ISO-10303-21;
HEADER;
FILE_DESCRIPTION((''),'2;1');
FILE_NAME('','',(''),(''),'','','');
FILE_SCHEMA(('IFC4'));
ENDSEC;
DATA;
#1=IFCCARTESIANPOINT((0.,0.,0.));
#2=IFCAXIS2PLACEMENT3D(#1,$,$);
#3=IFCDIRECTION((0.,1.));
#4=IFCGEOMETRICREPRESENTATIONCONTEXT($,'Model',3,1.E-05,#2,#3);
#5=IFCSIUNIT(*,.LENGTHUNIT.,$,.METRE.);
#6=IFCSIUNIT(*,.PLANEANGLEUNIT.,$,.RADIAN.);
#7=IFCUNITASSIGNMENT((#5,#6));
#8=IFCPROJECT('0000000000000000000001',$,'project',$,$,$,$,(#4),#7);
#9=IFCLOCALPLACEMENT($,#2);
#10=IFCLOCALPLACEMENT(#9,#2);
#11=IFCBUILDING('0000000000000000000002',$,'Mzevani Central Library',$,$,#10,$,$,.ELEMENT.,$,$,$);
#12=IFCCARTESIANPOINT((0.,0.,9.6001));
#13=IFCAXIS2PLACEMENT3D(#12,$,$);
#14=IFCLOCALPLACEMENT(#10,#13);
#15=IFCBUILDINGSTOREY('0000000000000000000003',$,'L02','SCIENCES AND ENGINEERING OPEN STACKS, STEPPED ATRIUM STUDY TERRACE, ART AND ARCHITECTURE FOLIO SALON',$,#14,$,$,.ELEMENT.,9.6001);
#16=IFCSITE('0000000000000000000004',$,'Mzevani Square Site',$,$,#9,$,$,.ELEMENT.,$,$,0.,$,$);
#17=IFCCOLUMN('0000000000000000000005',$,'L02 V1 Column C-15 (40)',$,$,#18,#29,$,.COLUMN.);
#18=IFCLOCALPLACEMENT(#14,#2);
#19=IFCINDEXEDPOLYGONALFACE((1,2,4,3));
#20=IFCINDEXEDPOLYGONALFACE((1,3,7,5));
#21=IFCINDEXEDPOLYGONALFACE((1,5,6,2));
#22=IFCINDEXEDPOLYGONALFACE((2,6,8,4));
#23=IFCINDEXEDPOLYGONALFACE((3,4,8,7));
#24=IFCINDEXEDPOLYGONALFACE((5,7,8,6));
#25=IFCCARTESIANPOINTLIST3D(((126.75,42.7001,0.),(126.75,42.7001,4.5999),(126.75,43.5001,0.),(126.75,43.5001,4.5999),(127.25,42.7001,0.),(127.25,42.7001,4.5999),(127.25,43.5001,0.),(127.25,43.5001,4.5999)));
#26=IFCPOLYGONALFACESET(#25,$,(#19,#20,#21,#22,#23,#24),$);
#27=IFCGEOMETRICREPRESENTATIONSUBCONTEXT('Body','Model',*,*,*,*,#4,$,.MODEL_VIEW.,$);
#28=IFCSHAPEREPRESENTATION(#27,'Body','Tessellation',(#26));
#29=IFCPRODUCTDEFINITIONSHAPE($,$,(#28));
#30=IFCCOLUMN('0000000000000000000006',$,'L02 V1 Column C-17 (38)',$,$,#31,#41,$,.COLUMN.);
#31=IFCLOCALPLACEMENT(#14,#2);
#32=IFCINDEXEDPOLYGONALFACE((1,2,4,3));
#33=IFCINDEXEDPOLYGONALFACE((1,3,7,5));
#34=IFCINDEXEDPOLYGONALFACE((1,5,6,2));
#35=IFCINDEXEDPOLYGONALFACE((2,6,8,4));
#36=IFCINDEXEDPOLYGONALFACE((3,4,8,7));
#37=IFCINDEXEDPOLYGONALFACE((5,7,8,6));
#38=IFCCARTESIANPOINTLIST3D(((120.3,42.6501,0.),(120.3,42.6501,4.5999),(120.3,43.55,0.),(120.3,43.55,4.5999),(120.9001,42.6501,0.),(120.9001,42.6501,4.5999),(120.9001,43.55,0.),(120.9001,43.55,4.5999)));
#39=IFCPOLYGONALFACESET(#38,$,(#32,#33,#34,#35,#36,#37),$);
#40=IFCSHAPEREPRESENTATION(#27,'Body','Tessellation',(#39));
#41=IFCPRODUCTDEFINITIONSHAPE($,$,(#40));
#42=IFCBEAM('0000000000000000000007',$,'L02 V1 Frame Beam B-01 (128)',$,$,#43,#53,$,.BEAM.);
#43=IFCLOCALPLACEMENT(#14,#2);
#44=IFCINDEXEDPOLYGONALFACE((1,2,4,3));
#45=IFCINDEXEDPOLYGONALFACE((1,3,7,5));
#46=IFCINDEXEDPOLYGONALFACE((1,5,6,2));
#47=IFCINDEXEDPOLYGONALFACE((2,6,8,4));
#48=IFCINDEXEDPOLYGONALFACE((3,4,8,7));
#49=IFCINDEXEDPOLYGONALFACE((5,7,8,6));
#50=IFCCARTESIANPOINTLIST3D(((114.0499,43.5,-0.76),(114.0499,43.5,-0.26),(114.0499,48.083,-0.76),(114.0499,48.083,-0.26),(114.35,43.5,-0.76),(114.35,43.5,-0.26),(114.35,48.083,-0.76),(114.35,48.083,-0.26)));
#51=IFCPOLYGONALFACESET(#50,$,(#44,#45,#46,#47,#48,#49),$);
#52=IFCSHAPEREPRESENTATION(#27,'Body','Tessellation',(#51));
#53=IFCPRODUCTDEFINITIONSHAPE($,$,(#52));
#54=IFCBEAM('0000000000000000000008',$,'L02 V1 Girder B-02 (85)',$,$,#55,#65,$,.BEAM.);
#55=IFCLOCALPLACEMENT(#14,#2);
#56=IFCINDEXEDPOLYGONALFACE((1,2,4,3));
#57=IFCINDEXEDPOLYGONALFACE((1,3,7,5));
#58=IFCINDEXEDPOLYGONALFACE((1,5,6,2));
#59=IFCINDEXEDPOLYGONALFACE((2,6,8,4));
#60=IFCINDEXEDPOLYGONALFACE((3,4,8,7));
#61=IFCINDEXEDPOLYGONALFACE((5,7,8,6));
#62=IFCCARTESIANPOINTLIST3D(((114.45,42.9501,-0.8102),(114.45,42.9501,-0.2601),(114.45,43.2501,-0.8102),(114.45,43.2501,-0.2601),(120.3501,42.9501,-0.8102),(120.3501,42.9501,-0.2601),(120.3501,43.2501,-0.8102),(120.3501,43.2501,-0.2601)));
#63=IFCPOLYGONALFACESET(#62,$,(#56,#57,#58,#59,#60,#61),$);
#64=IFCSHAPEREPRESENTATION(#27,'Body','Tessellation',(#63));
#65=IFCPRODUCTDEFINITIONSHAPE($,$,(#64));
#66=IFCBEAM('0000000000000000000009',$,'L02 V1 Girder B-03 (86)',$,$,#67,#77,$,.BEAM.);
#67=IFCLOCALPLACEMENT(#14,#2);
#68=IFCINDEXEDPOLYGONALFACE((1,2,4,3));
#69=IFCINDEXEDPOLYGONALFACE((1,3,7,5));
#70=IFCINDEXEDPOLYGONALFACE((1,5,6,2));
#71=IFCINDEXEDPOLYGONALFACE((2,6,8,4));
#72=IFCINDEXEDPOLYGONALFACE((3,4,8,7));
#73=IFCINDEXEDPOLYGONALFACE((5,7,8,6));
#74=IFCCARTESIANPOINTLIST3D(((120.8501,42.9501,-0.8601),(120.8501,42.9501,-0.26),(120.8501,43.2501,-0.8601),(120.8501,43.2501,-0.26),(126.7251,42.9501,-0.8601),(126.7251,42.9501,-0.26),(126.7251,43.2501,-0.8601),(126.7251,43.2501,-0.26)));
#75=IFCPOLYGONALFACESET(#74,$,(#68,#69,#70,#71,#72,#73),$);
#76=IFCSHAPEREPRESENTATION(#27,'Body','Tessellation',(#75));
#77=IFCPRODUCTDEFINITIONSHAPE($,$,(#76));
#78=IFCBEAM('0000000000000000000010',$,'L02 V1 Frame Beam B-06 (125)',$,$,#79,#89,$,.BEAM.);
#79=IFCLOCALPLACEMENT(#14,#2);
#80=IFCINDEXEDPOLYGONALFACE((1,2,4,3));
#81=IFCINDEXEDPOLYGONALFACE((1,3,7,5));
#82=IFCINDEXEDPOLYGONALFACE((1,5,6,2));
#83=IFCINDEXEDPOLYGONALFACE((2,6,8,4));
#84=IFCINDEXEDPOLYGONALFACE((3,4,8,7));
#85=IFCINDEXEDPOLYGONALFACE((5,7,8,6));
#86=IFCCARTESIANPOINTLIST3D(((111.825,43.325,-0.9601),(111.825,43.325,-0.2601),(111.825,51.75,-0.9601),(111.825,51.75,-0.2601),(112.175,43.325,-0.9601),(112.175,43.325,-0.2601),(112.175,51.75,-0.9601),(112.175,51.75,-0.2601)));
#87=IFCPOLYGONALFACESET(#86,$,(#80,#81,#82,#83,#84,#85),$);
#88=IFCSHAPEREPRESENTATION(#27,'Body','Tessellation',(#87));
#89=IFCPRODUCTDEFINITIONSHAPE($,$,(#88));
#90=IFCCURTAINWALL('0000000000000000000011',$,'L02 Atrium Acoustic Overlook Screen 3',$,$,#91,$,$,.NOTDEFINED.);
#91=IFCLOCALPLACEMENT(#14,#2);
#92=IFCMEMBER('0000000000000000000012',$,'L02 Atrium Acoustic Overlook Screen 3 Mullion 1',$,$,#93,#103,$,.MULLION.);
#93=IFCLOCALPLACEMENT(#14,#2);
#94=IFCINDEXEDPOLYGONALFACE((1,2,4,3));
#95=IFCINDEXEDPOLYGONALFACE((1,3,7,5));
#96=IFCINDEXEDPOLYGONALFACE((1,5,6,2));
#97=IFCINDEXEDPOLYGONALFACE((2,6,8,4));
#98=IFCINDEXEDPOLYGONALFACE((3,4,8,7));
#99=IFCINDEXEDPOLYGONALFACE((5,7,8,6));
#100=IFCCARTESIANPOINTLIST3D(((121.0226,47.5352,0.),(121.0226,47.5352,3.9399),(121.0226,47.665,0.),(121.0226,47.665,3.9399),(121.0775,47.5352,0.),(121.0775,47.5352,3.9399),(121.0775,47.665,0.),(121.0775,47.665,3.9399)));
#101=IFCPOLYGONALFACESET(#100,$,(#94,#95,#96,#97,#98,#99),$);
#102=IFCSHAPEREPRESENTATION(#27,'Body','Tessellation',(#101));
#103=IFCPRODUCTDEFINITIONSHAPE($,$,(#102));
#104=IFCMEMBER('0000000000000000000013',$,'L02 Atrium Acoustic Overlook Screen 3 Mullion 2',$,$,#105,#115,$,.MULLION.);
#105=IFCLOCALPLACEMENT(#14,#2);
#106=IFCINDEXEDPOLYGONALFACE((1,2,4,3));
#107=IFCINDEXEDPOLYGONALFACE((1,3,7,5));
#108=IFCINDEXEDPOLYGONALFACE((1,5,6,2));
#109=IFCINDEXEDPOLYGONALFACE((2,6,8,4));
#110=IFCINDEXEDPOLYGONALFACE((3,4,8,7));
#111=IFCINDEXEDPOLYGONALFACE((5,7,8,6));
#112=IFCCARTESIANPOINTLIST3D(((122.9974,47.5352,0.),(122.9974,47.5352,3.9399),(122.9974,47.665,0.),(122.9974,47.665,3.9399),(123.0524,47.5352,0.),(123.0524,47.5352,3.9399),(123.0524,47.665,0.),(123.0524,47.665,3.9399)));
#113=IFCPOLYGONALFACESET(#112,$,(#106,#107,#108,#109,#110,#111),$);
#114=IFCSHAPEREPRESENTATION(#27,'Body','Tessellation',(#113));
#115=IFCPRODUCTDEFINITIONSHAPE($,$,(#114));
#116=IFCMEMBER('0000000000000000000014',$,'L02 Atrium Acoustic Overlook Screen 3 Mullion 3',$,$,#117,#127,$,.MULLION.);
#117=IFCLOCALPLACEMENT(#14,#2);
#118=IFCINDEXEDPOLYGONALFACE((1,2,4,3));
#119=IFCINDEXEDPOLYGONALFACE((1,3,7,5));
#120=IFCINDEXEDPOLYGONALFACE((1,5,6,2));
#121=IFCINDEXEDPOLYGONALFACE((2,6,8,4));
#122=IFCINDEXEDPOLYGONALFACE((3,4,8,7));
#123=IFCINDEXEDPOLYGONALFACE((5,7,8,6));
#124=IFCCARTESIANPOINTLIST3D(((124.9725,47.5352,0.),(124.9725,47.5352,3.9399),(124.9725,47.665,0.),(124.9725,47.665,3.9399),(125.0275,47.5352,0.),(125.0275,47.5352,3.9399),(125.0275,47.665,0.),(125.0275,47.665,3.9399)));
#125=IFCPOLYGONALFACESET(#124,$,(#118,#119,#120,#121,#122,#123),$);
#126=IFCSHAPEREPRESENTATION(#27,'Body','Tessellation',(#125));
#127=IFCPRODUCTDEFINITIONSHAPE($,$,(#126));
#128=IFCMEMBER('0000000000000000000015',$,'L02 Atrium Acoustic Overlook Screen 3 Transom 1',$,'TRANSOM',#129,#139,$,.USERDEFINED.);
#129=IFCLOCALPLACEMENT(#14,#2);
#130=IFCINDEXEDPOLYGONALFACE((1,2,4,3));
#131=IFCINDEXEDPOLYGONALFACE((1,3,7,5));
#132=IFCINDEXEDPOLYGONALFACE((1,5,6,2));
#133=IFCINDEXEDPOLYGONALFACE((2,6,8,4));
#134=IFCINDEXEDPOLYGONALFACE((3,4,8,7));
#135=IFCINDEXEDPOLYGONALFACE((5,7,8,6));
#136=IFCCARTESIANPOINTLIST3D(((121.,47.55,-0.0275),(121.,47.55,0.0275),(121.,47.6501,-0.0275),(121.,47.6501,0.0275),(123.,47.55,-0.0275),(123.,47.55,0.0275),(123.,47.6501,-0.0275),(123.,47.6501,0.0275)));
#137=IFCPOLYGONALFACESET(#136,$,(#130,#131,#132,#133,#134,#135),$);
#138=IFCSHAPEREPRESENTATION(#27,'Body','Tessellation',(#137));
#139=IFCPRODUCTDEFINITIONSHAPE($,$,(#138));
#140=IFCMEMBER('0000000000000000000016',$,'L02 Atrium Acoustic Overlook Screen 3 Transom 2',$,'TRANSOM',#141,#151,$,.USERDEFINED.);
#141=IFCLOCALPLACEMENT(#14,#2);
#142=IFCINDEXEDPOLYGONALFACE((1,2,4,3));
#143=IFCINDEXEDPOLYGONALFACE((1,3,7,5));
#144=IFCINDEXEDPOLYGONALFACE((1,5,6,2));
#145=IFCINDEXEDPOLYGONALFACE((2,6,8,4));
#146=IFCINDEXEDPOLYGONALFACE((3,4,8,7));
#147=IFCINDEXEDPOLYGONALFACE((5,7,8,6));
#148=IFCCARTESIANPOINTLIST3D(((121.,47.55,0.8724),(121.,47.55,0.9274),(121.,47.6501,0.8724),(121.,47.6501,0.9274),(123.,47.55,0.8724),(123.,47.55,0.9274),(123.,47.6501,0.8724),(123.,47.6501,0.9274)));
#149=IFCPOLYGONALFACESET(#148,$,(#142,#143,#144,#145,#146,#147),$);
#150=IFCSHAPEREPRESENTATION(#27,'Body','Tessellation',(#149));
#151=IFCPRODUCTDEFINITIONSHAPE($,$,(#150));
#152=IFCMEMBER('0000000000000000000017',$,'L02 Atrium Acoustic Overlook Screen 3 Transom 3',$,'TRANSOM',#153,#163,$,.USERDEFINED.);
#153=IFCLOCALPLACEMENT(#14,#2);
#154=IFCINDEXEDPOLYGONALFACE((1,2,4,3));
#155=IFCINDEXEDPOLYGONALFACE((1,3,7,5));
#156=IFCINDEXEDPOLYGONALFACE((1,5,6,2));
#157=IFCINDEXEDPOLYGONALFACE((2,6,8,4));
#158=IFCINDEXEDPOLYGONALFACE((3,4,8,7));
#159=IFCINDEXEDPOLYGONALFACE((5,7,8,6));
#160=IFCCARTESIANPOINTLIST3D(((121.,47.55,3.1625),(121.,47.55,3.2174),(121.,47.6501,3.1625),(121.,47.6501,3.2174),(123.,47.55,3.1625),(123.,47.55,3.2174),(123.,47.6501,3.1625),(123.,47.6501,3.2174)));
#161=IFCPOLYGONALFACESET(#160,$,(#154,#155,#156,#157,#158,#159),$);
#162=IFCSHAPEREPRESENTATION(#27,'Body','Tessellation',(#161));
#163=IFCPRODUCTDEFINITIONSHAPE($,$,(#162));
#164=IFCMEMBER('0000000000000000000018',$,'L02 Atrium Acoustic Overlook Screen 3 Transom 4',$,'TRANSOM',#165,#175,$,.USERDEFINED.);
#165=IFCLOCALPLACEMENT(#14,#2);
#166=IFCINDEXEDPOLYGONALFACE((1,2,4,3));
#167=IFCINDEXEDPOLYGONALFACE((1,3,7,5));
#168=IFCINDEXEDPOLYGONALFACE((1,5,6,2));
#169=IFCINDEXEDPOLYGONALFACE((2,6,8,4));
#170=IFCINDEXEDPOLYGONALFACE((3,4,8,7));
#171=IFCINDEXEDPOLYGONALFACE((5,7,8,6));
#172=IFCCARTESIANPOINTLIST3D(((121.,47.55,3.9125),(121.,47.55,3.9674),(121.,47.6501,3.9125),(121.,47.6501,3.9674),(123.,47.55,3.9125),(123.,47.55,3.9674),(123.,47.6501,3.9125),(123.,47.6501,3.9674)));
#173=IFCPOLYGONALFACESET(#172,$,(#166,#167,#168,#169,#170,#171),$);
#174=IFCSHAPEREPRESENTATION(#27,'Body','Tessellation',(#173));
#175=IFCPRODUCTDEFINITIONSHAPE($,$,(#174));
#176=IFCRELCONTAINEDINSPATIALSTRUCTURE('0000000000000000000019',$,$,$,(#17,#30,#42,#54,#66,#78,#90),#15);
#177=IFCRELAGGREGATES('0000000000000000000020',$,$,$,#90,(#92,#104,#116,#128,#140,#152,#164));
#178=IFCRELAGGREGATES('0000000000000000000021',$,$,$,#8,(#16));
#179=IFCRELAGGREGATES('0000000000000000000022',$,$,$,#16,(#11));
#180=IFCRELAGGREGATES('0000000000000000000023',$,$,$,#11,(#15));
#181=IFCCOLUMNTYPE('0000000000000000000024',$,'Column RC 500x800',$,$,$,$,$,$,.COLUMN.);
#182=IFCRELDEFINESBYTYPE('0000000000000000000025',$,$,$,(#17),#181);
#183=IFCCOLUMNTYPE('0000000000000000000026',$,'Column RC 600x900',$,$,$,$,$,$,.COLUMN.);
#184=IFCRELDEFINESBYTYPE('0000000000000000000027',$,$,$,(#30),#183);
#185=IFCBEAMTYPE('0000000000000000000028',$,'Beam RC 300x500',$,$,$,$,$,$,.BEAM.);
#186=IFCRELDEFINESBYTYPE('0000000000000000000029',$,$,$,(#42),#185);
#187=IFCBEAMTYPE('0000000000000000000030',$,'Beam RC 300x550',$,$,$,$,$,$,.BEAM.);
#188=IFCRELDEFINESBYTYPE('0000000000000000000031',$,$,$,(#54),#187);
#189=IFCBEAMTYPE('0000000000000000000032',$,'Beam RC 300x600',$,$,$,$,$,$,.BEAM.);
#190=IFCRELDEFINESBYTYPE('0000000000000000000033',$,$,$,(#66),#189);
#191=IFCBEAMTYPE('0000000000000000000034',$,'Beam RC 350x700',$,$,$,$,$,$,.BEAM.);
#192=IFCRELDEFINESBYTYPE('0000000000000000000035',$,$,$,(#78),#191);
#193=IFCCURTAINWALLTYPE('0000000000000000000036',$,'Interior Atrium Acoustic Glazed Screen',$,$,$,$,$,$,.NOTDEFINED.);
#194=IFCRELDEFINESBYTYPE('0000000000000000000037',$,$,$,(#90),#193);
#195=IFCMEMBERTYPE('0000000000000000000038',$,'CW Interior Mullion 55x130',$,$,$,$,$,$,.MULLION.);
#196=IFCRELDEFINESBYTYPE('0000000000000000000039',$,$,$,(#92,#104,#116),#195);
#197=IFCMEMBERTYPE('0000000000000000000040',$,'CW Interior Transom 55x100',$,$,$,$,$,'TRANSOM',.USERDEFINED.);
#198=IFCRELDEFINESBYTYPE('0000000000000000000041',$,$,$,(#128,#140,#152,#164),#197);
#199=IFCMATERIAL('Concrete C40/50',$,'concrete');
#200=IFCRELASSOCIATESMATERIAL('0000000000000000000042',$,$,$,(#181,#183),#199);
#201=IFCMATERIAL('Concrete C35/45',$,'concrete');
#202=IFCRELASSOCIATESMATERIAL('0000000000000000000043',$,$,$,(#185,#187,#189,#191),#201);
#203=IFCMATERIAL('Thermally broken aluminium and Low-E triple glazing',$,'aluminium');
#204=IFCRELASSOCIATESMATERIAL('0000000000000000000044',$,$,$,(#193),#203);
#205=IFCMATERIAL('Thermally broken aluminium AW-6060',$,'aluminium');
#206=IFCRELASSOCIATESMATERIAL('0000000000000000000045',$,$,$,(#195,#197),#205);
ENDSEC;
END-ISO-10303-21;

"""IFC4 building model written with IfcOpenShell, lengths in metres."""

from ifc_helpers import new_model, si_unit, direction, frame, origin, origin_2d, place, context, subcontext, project, spatial, rectangle, extrude, material, material_profile, profile_set, type_object, element, aggregate, save


model = new_model("IFC4")

# Units and contexts
model_context = context("Model", 3, precision=1e-05, world=origin(), true_north=direction((0.0, 1.0)))
body_context = subcontext(model_context, "Body", "Model", "MODEL_VIEW")
ifc_project = project(units=[si_unit("LENGTHUNIT", "METRE"), si_unit("PLANEANGLEUNIT", "RADIAN")], contexts=[model_context])

# Site, building, storey
site_placement = place(None, origin())
site = spatial("IfcSite", under=ifc_project, at=site_placement, Name="Mzevani Square Site", CompositionType="ELEMENT", RefElevation=0.0)
building_placement = place(site_placement, origin())
building = spatial("IfcBuilding", under=site, at=building_placement, Name="Mzevani Central Library", CompositionType="ELEMENT")
storey_placement = place(building_placement, frame((0.0, 0.0, 9.6001)))
storey = spatial("IfcBuildingStorey", under=building, at=storey_placement, Name="L02", Description="SCIENCES AND ENGINEERING OPEN STACKS, STEPPED ATRIUM STUDY TERRACE, ART AND ARCHITECTURE FOLIO SALON", CompositionType="ELEMENT", Elevation=9.6001)

# Columns
ifc_material_1 = material(Name="Concrete C40/50", Category="concrete")
ifc_material_profile_1 = material_profile(ifc_material_1, rectangle(XDim=0.5, YDim=0.8, at=origin_2d()), Name="RC 500x800")
ifc_profile_set_1 = profile_set([ifc_material_profile_1], Name="Concrete C40/50")
column_type_1 = type_object("IfcColumnType", Name="Column RC 500x800", PredefinedType="COLUMN", material=ifc_profile_set_1)
column_1_placement = place(storey_placement, frame((127.0, 43.1001, 0.0), z_axis=(0.0, 0.0, 1.0), x_axis=(1.0, 0.0, 0.0)))
element("IfcColumn", 1, at=column_1_placement, inside=storey, type_object=column_type_1, Name="L02 V1 Column C-15 (40)", PredefinedType="COLUMN", context=body_context, shape_type="SweptSolid", body=[
    extrude(rectangle(XDim=0.5, YDim=0.8, at=origin_2d()), origin(), (0.0, 0.0, 1.0), 4.5999),
])
ifc_material_profile_2 = material_profile(ifc_material_1, rectangle(XDim=0.6001, YDim=0.8999, at=origin_2d()), Name="RC 600x900")
ifc_profile_set_2 = profile_set([ifc_material_profile_2], Name="Concrete C40/50")
column_type_2 = type_object("IfcColumnType", Name="Column RC 600x900", PredefinedType="COLUMN", material=ifc_profile_set_2)
column_2_placement = place(storey_placement, frame((120.6001, 43.1001, 0.0), z_axis=(0.0, 0.0, 1.0), x_axis=(1.0, 0.0, 0.0)))
element("IfcColumn", 2, at=column_2_placement, inside=storey, type_object=column_type_2, Name="L02 V1 Column C-17 (38)", PredefinedType="COLUMN", context=body_context, shape_type="SweptSolid", body=[
    extrude(rectangle(XDim=0.6001, YDim=0.8999, at=origin_2d()), origin(), (0.0, 0.0, 1.0), 4.5999),
])

# Beams
ifc_material_2 = material(Name="Concrete C35/45", Category="concrete")
ifc_material_profile_3 = material_profile(ifc_material_2, rectangle(XDim=0.3, YDim=0.5, at=origin_2d()), Name="RC B300x500")
ifc_profile_set_3 = profile_set([ifc_material_profile_3], Name="Concrete C35/45")
beam_type_1 = type_object("IfcBeamType", Name="Beam RC 300x500", PredefinedType="BEAM", material=ifc_profile_set_3)
beam_1_placement = place(storey_placement, frame((114.2, 43.5, -0.51), z_axis=(0.0, 1.0, 0.0), x_axis=(-1.0, 0.0, 0.0)))
element("IfcBeam", 3, at=beam_1_placement, inside=storey, type_object=beam_type_1, Name="L02 V1 Frame Beam B-01 (128)", PredefinedType="BEAM", context=body_context, shape_type="SweptSolid", body=[
    extrude(rectangle(XDim=0.3, YDim=0.5, at=origin_2d()), origin(), (0.0, 0.0, 1.0), 4.583),
])
ifc_material_profile_4 = material_profile(ifc_material_2, rectangle(XDim=0.3, YDim=0.55, at=origin_2d()), Name="RC B300x550")
ifc_profile_set_4 = profile_set([ifc_material_profile_4], Name="Concrete C35/45")
beam_type_2 = type_object("IfcBeamType", Name="Beam RC 300x550", PredefinedType="BEAM", material=ifc_profile_set_4)
beam_2_placement = place(storey_placement, frame((114.45, 43.1001, -0.5352), z_axis=(1.0, 0.0, 0.0), x_axis=(0.0, 1.0, 0.0)))
element("IfcBeam", 4, at=beam_2_placement, inside=storey, type_object=beam_type_2, Name="L02 V1 Girder B-02 (85)", PredefinedType="BEAM", context=body_context, shape_type="SweptSolid", body=[
    extrude(rectangle(XDim=0.3, YDim=0.55, at=origin_2d()), origin(), (0.0, 0.0, 1.0), 5.9001),
])
ifc_material_profile_5 = material_profile(ifc_material_2, rectangle(XDim=0.3, YDim=0.6001, at=origin_2d()), Name="RC B300x600")
ifc_profile_set_5 = profile_set([ifc_material_profile_5], Name="Concrete C35/45")
beam_type_3 = type_object("IfcBeamType", Name="Beam RC 300x600", PredefinedType="BEAM", material=ifc_profile_set_5)
beam_3_placement = place(storey_placement, frame((120.8501, 43.1001, -0.5601), z_axis=(1.0, 0.0, 0.0), x_axis=(0.0, 1.0, 0.0)))
element("IfcBeam", 5, at=beam_3_placement, inside=storey, type_object=beam_type_3, Name="L02 V1 Girder B-03 (86)", PredefinedType="BEAM", context=body_context, shape_type="SweptSolid", body=[
    extrude(rectangle(XDim=0.3, YDim=0.6001, at=origin_2d()), origin(), (0.0, 0.0, 1.0), 5.875),
])
ifc_material_profile_6 = material_profile(ifc_material_2, rectangle(XDim=0.3501, YDim=0.7, at=origin_2d()), Name="RC B350x700")
ifc_profile_set_6 = profile_set([ifc_material_profile_6], Name="Concrete C35/45")
beam_type_4 = type_object("IfcBeamType", Name="Beam RC 350x700", PredefinedType="BEAM", material=ifc_profile_set_6)
beam_4_placement = place(storey_placement, frame((112.0, 43.325, -0.6101), z_axis=(0.0, 1.0, 0.0), x_axis=(-1.0, 0.0, 0.0)))
element("IfcBeam", 6, at=beam_4_placement, inside=storey, type_object=beam_type_4, Name="L02 V1 Frame Beam B-06 (125)", PredefinedType="BEAM", context=body_context, shape_type="SweptSolid", body=[
    extrude(rectangle(XDim=0.3501, YDim=0.7, at=origin_2d()), origin(), (0.0, 0.0, 1.0), 8.425),
])

# Curtain wall, members
ifc_material_3 = material(Name="Thermally broken aluminium and Low-E triple glazing", Category="aluminium")
curtain_wall_type = type_object("IfcCurtainWallType", Name="Interior Atrium Acoustic Glazed Screen", PredefinedType="NOTDEFINED", material=ifc_material_3)
curtain_wall_placement = place(storey_placement, origin())
curtain_wall = element("IfcCurtainWall", 7, at=curtain_wall_placement, inside=storey, type_object=curtain_wall_type, Name="L02 Atrium Acoustic Overlook Screen 3", PredefinedType="NOTDEFINED")
ifc_material_4 = material(Name="Thermally broken aluminium AW-6060", Category="aluminium")
ifc_material_profile_7 = material_profile(ifc_material_4, rectangle(XDim=0.0549, YDim=0.1299, at=origin_2d()), Name="ALU M55x130")
ifc_profile_set_7 = profile_set([ifc_material_profile_7], Name="Thermally broken aluminium AW-6060")
member_type_1 = type_object("IfcMemberType", Name="CW Interior Mullion 55x130", PredefinedType="MULLION", material=ifc_profile_set_7)
member_1_placement = place(storey_placement, frame((121.05, 47.6001, 0.0), z_axis=(0.0, 0.0, 1.0), x_axis=(1.0, 0.0, 0.0)))
member_1 = element("IfcMember", 8, at=member_1_placement, type_object=member_type_1, Name="L02 Atrium Acoustic Overlook Screen 3 Mullion 1", PredefinedType="MULLION", context=body_context, shape_type="SweptSolid", body=[
    extrude(rectangle(XDim=0.0549, YDim=0.1299, at=origin_2d()), origin(), (0.0, 0.0, 1.0), 3.9399),
])
member_2_placement = place(storey_placement, frame((123.0249, 47.6001, 0.0), z_axis=(0.0, 0.0, 1.0), x_axis=(1.0, 0.0, 0.0)))
member_2 = element("IfcMember", 9, at=member_2_placement, type_object=member_type_1, Name="L02 Atrium Acoustic Overlook Screen 3 Mullion 2", PredefinedType="MULLION", context=body_context, shape_type="SweptSolid", body=[
    extrude(rectangle(XDim=0.0549, YDim=0.1299, at=origin_2d()), origin(), (0.0, 0.0, 1.0), 3.9399),
])
member_3_placement = place(storey_placement, frame((125.0, 47.6001, 0.0), z_axis=(0.0, 0.0, 1.0), x_axis=(1.0, 0.0, 0.0)))
member_3 = element("IfcMember", 10, at=member_3_placement, type_object=member_type_1, Name="L02 Atrium Acoustic Overlook Screen 3 Mullion 3", PredefinedType="MULLION", context=body_context, shape_type="SweptSolid", body=[
    extrude(rectangle(XDim=0.0549, YDim=0.1299, at=origin_2d()), origin(), (0.0, 0.0, 1.0), 3.9399),
])
ifc_material_profile_8 = material_profile(ifc_material_4, rectangle(XDim=0.1001, YDim=0.0549, at=origin_2d()), Name="ALU T55x100")
ifc_profile_set_8 = profile_set([ifc_material_profile_8], Name="Thermally broken aluminium AW-6060")
member_type_2 = type_object("IfcMemberType", Name="CW Interior Transom 55x100", ElementType="TRANSOM", PredefinedType="USERDEFINED", material=ifc_profile_set_8)
member_4_placement = place(storey_placement, frame((121.0, 47.6001, 0.0), z_axis=(1.0, 0.0, 0.0), x_axis=(0.0, 1.0, 0.0)))
member_4 = element("IfcMember", 11, at=member_4_placement, type_object=member_type_2, Name="L02 Atrium Acoustic Overlook Screen 3 Transom 1", ObjectType="TRANSOM", PredefinedType="USERDEFINED", context=body_context, shape_type="SweptSolid", body=[
    extrude(rectangle(XDim=0.1001, YDim=0.0549, at=origin_2d()), origin(), (0.0, 0.0, 1.0), 2.0),
])
member_5_placement = place(storey_placement, frame((121.0, 47.6001, 0.8999), z_axis=(1.0, 0.0, 0.0), x_axis=(0.0, 1.0, 0.0)))
member_5 = element("IfcMember", 12, at=member_5_placement, type_object=member_type_2, Name="L02 Atrium Acoustic Overlook Screen 3 Transom 2", ObjectType="TRANSOM", PredefinedType="USERDEFINED", context=body_context, shape_type="SweptSolid", body=[
    extrude(rectangle(XDim=0.1001, YDim=0.0549, at=origin_2d()), origin(), (0.0, 0.0, 1.0), 2.0),
])
member_6_placement = place(storey_placement, frame((121.0, 47.6001, 3.1899), z_axis=(1.0, 0.0, 0.0), x_axis=(0.0, 1.0, 0.0)))
member_6 = element("IfcMember", 13, at=member_6_placement, type_object=member_type_2, Name="L02 Atrium Acoustic Overlook Screen 3 Transom 3", ObjectType="TRANSOM", PredefinedType="USERDEFINED", context=body_context, shape_type="SweptSolid", body=[
    extrude(rectangle(XDim=0.1001, YDim=0.0549, at=origin_2d()), origin(), (0.0, 0.0, 1.0), 2.0),
])
member_7_placement = place(storey_placement, frame((121.0, 47.6001, 3.9399), z_axis=(1.0, 0.0, 0.0), x_axis=(0.0, 1.0, 0.0)))
member_7 = element("IfcMember", 14, at=member_7_placement, type_object=member_type_2, Name="L02 Atrium Acoustic Overlook Screen 3 Transom 4", ObjectType="TRANSOM", PredefinedType="USERDEFINED", context=body_context, shape_type="SweptSolid", body=[
    extrude(rectangle(XDim=0.1001, YDim=0.0549, at=origin_2d()), origin(), (0.0, 0.0, 1.0), 2.0),
])

aggregate(curtain_wall, [member_1, member_2, member_3, member_4, member_5, member_6, member_7])

save(model, "model.ifc")
